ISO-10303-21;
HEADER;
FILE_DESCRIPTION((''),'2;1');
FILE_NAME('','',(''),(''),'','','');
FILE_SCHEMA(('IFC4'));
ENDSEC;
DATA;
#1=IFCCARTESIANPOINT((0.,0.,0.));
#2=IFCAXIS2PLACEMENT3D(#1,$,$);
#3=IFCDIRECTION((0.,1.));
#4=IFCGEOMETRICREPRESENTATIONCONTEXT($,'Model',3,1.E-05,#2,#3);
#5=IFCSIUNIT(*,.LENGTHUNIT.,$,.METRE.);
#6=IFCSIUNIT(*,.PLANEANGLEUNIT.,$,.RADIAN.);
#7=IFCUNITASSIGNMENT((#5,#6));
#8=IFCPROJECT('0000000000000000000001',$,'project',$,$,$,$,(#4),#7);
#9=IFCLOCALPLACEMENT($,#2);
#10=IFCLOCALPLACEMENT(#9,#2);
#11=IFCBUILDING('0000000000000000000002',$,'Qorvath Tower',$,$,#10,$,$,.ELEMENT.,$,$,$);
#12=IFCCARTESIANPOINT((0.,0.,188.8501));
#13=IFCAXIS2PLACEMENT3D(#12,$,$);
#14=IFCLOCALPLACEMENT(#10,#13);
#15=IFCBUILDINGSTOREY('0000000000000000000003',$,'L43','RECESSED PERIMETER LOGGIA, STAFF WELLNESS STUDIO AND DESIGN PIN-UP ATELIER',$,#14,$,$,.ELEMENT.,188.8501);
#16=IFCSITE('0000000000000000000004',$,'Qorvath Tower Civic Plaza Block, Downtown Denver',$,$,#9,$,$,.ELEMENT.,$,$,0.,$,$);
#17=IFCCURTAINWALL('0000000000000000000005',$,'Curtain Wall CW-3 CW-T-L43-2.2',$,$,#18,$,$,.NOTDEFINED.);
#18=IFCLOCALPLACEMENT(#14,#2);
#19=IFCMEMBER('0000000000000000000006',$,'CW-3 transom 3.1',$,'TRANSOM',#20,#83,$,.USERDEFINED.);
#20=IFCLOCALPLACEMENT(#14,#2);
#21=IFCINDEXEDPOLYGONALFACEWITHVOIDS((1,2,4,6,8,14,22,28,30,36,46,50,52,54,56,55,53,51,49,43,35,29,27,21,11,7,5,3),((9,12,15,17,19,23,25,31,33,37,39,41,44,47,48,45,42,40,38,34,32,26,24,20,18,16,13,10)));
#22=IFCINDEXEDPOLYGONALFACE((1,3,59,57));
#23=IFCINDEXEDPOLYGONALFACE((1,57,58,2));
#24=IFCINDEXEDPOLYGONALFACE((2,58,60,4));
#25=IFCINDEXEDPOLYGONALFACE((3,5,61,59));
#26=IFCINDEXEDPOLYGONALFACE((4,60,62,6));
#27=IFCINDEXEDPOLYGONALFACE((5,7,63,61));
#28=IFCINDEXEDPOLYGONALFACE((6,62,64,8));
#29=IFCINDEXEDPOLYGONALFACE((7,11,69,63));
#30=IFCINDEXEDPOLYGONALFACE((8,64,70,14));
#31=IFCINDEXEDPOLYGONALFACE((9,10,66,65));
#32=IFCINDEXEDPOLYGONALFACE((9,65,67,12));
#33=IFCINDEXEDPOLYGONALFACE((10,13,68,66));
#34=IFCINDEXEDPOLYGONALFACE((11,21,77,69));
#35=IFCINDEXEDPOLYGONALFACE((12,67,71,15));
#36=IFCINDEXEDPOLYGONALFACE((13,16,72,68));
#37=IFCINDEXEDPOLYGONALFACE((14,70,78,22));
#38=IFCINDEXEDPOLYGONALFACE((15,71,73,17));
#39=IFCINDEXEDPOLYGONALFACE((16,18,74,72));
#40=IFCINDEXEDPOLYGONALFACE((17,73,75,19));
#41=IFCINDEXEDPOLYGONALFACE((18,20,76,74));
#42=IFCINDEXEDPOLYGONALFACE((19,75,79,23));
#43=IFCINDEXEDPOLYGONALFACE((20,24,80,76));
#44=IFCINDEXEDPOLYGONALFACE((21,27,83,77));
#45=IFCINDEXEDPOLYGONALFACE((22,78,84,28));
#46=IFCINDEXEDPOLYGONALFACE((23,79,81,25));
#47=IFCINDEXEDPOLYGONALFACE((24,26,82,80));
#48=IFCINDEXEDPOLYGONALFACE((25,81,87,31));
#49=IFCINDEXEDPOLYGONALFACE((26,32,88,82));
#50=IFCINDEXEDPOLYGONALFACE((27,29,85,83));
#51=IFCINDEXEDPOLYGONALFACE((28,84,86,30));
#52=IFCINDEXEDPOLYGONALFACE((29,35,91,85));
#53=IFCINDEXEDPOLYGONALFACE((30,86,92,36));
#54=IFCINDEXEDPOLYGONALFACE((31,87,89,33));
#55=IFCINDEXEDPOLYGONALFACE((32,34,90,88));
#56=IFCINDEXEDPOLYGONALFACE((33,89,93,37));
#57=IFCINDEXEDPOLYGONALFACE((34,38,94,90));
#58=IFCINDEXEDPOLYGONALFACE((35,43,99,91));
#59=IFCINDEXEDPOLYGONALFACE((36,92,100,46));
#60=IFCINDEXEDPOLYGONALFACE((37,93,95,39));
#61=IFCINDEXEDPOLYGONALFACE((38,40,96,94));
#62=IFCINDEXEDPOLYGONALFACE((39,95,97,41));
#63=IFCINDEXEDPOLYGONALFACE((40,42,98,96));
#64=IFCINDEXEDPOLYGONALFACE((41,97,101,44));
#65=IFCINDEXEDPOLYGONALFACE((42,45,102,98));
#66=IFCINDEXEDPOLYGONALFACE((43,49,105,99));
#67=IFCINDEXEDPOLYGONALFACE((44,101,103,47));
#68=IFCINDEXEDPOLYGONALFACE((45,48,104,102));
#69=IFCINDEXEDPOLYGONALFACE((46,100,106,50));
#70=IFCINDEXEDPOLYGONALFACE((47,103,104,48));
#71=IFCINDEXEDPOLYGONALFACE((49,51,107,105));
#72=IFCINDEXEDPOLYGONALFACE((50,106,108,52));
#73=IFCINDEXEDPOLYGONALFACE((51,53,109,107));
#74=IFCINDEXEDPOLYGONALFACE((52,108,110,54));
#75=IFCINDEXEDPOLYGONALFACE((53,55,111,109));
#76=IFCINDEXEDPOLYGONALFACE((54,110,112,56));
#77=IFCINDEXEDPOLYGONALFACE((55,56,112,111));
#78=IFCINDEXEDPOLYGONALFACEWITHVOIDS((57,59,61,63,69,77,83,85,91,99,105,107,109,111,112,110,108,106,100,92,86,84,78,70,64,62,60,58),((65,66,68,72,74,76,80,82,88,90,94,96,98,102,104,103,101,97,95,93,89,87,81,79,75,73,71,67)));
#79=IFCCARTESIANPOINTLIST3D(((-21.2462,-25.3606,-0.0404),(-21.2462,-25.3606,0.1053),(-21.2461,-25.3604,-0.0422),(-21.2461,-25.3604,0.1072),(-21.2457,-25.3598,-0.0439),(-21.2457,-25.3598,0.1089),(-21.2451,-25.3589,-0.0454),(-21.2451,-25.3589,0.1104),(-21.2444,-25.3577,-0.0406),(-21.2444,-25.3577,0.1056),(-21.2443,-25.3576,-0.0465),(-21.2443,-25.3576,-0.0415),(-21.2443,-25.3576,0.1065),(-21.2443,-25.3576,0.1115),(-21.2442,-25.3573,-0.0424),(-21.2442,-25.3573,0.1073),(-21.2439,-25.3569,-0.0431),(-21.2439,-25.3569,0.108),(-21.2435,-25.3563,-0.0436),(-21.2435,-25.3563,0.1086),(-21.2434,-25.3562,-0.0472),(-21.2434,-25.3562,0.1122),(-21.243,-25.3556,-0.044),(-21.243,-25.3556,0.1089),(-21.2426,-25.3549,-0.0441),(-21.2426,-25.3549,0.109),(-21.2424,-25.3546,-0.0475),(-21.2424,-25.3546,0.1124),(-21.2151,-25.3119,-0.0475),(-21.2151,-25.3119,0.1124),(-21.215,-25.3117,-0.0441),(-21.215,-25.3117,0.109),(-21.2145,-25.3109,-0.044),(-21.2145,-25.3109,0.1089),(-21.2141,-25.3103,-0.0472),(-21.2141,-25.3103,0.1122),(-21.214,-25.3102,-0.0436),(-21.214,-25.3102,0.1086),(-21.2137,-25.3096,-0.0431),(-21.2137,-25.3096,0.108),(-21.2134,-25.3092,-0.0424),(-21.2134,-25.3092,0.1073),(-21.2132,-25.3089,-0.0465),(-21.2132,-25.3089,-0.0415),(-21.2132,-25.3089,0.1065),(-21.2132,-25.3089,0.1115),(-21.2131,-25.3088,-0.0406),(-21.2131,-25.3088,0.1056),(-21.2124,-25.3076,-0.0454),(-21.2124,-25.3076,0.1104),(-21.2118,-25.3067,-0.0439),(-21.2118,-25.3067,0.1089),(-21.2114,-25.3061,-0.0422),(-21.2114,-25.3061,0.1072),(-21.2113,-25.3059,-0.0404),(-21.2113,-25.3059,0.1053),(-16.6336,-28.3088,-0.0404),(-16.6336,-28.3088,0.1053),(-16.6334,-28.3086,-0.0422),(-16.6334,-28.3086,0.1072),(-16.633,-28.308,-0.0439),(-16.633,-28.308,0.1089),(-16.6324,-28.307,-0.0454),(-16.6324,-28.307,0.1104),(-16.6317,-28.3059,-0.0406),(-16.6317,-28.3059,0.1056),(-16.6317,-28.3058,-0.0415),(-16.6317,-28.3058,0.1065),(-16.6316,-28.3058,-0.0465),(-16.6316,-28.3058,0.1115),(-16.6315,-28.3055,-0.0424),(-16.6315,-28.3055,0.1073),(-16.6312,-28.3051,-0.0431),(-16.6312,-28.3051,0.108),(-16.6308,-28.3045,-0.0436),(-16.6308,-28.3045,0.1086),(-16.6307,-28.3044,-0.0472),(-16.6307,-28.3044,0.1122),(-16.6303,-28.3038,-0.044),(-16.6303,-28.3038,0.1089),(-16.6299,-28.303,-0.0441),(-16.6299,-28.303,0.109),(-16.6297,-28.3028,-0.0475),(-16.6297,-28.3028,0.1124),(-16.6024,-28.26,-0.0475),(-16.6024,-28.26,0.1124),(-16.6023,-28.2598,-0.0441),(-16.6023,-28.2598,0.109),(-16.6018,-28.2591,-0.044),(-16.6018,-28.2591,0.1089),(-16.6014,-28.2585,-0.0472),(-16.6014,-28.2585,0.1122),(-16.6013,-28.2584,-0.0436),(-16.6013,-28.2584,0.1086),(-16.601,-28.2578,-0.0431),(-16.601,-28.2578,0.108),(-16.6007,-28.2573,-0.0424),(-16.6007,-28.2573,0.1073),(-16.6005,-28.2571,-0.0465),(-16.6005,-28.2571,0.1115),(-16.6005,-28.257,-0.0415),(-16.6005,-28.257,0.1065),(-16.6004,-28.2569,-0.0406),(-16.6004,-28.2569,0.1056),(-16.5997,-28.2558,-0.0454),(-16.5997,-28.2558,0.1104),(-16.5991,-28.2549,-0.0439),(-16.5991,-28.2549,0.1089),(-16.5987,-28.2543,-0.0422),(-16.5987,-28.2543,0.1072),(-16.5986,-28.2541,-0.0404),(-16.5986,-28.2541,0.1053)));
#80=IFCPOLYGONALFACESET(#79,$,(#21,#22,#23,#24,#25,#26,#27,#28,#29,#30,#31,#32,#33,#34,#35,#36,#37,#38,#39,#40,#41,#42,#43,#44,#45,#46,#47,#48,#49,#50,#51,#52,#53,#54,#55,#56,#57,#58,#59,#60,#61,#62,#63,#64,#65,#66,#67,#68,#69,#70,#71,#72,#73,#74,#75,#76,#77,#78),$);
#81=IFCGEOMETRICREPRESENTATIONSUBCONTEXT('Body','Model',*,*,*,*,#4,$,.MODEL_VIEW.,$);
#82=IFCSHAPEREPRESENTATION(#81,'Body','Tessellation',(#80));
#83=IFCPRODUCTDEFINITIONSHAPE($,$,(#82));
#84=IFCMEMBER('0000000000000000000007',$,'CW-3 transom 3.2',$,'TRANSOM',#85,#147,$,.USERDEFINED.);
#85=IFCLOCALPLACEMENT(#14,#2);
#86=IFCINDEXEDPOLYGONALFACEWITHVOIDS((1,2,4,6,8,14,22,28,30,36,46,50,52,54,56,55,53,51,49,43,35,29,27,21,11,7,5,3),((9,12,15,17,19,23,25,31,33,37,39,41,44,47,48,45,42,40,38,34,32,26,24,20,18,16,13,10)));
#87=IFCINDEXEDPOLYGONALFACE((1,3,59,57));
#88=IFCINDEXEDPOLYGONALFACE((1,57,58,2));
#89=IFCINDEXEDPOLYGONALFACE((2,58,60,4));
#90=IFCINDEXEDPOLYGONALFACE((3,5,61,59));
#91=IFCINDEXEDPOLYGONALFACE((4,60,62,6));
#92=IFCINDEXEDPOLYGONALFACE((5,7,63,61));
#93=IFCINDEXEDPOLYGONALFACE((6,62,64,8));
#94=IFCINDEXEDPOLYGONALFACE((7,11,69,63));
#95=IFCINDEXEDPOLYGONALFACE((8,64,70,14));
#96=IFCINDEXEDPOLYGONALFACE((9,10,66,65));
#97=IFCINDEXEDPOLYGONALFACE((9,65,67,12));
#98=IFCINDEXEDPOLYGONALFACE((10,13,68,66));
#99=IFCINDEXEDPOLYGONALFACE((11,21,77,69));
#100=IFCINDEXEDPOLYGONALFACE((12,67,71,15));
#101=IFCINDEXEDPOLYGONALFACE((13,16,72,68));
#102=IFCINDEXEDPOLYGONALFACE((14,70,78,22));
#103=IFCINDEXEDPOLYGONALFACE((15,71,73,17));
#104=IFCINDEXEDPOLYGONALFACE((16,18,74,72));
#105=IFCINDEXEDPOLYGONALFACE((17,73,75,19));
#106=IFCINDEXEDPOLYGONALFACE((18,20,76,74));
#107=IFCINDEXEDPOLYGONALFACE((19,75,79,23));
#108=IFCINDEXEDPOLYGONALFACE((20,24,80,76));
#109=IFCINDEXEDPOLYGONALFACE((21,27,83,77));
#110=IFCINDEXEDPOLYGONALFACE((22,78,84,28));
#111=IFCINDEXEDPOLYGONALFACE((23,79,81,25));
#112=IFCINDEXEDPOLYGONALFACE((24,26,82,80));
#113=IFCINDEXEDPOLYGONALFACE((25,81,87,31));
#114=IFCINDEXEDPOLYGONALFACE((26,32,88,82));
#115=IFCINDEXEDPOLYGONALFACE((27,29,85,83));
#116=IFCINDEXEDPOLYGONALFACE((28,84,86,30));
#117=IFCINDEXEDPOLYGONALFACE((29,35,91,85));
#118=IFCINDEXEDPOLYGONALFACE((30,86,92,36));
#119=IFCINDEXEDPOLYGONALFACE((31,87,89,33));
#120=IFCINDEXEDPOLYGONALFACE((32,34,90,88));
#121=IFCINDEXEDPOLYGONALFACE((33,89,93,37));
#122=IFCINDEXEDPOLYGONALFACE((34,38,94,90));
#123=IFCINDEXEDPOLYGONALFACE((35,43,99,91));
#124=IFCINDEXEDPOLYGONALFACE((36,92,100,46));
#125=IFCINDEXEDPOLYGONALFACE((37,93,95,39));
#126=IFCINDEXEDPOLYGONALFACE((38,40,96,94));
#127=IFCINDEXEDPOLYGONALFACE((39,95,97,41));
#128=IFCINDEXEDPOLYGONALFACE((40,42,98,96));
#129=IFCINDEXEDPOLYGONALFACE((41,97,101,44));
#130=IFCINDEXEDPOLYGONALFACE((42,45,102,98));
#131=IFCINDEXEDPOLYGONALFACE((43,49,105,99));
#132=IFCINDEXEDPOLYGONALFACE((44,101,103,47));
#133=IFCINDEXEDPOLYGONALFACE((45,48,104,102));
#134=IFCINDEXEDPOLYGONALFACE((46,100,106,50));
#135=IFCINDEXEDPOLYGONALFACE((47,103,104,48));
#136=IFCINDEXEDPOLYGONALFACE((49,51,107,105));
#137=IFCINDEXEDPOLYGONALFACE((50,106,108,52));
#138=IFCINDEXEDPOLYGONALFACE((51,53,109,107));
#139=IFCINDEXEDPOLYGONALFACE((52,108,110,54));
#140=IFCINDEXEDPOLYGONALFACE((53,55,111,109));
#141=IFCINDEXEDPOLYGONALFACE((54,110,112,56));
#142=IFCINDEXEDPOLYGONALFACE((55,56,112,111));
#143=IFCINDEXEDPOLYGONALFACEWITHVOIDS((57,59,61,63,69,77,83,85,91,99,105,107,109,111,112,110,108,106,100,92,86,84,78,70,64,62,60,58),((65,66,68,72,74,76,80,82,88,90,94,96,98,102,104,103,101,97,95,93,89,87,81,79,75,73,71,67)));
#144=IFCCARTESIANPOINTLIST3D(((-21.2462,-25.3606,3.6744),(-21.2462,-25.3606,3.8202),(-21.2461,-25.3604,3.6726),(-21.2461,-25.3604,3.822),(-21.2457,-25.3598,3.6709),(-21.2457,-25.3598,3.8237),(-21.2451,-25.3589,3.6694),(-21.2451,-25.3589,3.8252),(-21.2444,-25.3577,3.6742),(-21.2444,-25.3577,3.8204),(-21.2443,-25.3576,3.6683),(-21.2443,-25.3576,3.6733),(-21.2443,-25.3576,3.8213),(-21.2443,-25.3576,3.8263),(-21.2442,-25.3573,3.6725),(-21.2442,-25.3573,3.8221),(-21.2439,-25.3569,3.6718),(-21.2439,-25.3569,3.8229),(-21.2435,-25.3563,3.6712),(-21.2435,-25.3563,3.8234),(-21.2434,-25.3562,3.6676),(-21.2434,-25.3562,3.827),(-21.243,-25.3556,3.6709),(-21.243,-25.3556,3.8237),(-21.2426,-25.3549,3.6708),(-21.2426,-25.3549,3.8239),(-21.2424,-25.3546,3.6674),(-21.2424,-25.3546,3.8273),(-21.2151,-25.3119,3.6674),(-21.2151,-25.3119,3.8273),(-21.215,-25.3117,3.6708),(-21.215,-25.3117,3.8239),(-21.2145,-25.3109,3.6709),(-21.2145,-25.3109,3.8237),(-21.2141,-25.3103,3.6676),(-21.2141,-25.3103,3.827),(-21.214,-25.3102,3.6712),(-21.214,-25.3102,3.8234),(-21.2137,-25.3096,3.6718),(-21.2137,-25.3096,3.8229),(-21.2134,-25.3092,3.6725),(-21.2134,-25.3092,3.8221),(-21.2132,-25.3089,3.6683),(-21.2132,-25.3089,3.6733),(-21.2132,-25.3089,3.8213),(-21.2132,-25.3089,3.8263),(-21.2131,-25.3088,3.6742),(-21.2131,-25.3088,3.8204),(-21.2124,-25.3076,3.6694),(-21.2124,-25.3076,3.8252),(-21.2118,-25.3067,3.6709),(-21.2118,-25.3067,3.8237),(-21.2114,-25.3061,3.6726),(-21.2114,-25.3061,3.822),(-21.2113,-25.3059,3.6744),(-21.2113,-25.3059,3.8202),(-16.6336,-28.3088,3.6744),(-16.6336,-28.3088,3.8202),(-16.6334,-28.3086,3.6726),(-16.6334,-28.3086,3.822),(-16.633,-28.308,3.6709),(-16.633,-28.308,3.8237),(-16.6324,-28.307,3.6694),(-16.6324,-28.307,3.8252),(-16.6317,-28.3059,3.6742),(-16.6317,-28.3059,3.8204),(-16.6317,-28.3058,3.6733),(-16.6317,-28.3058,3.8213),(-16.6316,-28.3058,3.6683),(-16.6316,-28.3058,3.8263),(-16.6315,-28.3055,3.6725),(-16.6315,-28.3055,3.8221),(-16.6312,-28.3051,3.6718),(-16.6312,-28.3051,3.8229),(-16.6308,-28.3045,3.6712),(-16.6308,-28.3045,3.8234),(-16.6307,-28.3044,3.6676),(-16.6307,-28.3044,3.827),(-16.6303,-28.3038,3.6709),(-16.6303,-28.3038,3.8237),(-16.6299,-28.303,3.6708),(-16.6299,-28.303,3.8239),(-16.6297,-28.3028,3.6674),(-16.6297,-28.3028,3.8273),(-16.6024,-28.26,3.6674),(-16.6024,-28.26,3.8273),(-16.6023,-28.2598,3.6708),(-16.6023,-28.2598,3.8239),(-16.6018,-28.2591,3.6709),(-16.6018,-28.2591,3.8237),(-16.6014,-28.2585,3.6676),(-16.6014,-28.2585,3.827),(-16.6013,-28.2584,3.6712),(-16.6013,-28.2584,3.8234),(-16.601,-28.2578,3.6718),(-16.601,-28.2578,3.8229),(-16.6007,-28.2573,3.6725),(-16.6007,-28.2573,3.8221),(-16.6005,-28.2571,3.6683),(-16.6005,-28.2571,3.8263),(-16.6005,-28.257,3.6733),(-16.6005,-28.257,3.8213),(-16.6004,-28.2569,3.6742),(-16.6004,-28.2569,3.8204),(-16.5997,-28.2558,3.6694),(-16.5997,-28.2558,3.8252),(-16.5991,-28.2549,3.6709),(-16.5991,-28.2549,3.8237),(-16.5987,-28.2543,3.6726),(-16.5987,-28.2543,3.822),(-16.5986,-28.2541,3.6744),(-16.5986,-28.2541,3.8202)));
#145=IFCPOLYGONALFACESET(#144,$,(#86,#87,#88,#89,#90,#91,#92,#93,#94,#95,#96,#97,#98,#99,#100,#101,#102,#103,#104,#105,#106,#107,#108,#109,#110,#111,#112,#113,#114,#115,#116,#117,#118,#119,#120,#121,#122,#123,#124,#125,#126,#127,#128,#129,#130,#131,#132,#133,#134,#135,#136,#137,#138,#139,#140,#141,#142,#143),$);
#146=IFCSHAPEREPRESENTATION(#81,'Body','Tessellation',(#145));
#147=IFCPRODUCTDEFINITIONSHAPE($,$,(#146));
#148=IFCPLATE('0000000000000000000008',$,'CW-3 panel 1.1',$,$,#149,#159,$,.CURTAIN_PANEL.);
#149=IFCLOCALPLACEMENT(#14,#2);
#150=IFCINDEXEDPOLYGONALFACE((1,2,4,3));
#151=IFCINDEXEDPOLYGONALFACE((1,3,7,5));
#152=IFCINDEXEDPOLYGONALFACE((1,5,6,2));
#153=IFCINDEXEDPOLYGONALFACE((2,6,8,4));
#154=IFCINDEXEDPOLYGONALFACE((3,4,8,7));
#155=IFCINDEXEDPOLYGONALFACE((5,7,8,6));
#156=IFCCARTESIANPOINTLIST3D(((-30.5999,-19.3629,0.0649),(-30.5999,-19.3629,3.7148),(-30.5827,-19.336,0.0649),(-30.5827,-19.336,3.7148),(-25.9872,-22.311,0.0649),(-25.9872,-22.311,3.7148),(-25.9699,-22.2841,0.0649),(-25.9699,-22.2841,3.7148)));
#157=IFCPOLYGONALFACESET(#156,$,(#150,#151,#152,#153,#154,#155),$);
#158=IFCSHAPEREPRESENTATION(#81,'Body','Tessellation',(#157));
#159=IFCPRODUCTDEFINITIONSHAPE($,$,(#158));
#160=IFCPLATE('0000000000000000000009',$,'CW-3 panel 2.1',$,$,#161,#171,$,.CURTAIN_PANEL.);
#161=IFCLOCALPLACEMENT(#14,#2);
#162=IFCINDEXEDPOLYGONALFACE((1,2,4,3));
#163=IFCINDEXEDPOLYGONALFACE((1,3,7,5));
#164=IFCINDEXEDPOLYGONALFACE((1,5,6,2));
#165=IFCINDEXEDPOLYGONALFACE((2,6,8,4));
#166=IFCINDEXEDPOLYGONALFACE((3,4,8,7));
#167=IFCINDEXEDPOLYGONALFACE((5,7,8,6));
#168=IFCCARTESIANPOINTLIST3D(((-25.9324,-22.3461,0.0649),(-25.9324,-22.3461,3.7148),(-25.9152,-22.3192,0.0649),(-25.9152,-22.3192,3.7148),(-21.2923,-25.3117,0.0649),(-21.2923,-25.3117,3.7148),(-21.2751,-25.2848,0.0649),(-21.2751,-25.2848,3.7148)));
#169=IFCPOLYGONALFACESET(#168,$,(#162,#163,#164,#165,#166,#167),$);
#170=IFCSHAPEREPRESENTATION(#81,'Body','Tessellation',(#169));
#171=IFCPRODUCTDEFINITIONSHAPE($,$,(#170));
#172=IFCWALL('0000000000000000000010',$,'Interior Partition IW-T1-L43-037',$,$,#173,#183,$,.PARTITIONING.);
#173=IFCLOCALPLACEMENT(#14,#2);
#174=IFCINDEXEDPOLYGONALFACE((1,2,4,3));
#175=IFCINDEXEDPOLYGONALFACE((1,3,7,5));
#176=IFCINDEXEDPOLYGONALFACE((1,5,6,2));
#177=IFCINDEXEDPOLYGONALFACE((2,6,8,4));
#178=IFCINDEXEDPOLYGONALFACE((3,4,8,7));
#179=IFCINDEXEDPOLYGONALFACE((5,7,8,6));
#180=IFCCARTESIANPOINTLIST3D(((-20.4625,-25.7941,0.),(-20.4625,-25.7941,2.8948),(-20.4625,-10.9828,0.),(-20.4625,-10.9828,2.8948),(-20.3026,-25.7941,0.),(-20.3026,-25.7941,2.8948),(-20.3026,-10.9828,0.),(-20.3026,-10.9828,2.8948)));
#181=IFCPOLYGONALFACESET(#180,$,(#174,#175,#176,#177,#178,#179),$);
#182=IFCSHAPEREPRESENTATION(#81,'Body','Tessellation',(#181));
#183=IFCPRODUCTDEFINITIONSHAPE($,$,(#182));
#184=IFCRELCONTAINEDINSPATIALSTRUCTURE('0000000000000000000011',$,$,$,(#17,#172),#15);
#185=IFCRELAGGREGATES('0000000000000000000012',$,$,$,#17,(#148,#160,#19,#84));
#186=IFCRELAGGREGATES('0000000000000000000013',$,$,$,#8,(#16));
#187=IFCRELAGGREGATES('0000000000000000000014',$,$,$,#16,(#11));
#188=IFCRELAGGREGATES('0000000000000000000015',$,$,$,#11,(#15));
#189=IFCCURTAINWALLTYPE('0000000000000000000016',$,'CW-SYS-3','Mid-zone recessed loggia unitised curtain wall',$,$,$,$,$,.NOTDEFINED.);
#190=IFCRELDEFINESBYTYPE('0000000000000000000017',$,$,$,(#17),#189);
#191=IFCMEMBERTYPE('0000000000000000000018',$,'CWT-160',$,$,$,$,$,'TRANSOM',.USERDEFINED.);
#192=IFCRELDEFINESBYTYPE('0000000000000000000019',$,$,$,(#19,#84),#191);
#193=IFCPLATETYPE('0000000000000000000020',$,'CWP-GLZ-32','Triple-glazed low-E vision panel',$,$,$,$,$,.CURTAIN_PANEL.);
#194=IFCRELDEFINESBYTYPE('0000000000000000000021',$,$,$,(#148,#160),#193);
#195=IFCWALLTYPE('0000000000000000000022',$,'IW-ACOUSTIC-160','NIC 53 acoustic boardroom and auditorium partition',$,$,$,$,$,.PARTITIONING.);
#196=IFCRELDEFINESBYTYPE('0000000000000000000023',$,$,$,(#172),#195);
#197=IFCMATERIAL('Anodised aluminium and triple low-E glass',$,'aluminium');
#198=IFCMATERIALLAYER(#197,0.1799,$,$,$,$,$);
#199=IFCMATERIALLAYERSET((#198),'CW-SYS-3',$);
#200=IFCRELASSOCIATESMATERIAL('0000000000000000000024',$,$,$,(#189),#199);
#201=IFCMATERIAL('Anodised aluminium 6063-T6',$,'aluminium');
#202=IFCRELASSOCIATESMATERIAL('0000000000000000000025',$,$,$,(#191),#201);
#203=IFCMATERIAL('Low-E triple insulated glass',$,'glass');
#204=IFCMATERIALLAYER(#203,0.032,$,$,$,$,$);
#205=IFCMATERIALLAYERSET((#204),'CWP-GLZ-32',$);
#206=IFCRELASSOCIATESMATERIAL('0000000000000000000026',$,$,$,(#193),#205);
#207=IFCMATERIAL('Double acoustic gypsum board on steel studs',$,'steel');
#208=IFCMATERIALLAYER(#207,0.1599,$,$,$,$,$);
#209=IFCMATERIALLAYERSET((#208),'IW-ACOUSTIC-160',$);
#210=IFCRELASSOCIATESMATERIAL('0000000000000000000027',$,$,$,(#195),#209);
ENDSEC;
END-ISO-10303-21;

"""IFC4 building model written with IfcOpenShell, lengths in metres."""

from ifc_helpers import new_model, si_unit, direction, frame, frame_2d, origin, origin_2d, place, context, subcontext, project, spatial, rectangle, hollow_rectangle, extrude, material, layer, layer_set, material_profile, profile_set, type_object, element, aggregate, save


model = new_model("IFC4")

# Units and contexts
model_context = context("Model", 3, precision=1e-05, world=origin(), true_north=direction((0.0, 1.0)))
body_context = subcontext(model_context, "Body", "Model", "MODEL_VIEW")
ifc_project = project(units=[si_unit("LENGTHUNIT", "METRE"), si_unit("PLANEANGLEUNIT", "RADIAN")], contexts=[model_context])

# Site, building, storey
site_placement = place(None, origin())
site = spatial("IfcSite", under=ifc_project, at=site_placement, Name="Qorvath Tower Civic Plaza Block, Downtown Denver", CompositionType="ELEMENT", RefElevation=0.0)
building_placement = place(site_placement, origin())
building = spatial("IfcBuilding", under=site, at=building_placement, Name="Qorvath Tower", CompositionType="ELEMENT")
storey_placement = place(building_placement, frame((0.0, 0.0, 188.8501)))
storey = spatial("IfcBuildingStorey", under=building, at=storey_placement, Name="L43", Description="RECESSED PERIMETER LOGGIA, STAFF WELLNESS STUDIO AND DESIGN PIN-UP ATELIER", CompositionType="ELEMENT", Elevation=188.8501)

# Curtain wall, members, plates
ifc_material_1 = material(Name="Anodised aluminium and triple low-E glass", Category="aluminium")
ifc_layer_1 = layer(ifc_material_1, 0.1799)
ifc_layer_set_1 = layer_set([ifc_layer_1], Name="CW-SYS-3")
curtain_wall_type = type_object("IfcCurtainWallType", Name="CW-SYS-3", Description="Mid-zone recessed loggia unitised curtain wall", PredefinedType="NOTDEFINED", material=ifc_layer_set_1)
curtain_wall_placement = place(storey_placement, origin())
curtain_wall = element("IfcCurtainWall", 1, at=curtain_wall_placement, inside=storey, type_object=curtain_wall_type, Name="Curtain Wall CW-3 CW-T-L43-2.2", PredefinedType="NOTDEFINED")
ifc_material_2 = material(Name="Anodised aluminium 6063-T6", Category="aluminium")
ifc_material_profile_1 = material_profile(ifc_material_2, hollow_rectangle(XDim=0.0649, YDim=0.1599, WallThickness=0.0034, InnerFilletRadius=0.0034, OuterFilletRadius=0.0071, at=origin_2d()), Name="CWT 160x65")
ifc_profile_set_1 = profile_set([ifc_material_profile_1], Name="Anodised aluminium 6063-T6")
member_type_1 = type_object("IfcMemberType", Name="CWT-160", ElementType="TRANSOM", PredefinedType="USERDEFINED", material=ifc_profile_set_1)
member_1_placement = place(storey_placement, frame((-21.2288, -25.3333, 0.0325), z_axis=(0.842598, -0.538542, 0.0), x_axis=(0.538542, 0.842598, 0.0)))
member_1 = element("IfcMember", 2, at=member_1_placement, type_object=member_type_1, Name="CW-3 transom 3.1", ObjectType="TRANSOM", PredefinedType="USERDEFINED", context=body_context, shape_type="SweptSolid", body=[
    extrude(hollow_rectangle(XDim=0.0649, YDim=0.1599, WallThickness=0.0034, InnerFilletRadius=0.0034, OuterFilletRadius=0.0071, at=origin_2d()), origin(), (0.0, 0.0, 1.0), 5.4744),
])
member_2_placement = place(storey_placement, frame((-21.2288, -25.3333, 3.7473), z_axis=(0.842598, -0.538542, 0.0), x_axis=(0.538542, 0.842598, 0.0)))
member_2 = element("IfcMember", 3, at=member_2_placement, type_object=member_type_1, Name="CW-3 transom 3.2", ObjectType="TRANSOM", PredefinedType="USERDEFINED", context=body_context, shape_type="SweptSolid", body=[
    extrude(hollow_rectangle(XDim=0.0649, YDim=0.1599, WallThickness=0.0034, InnerFilletRadius=0.0034, OuterFilletRadius=0.0071, at=origin_2d()), origin(), (0.0, 0.0, 1.0), 5.4744),
])
ifc_material_3 = material(Name="Low-E triple insulated glass", Category="glass")
ifc_layer_2 = layer(ifc_material_3, 0.032)
ifc_layer_set_2 = layer_set([ifc_layer_2], Name="CWP-GLZ-32")
plate_type = type_object("IfcPlateType", Name="CWP-GLZ-32", Description="Triple-glazed low-E vision panel", PredefinedType="CURTAIN_PANEL", material=ifc_layer_set_2)
plate_1_placement = place(storey_placement, frame((-28.2849, -20.8235, 0.0649), z_axis=(0.0, 0.0, 1.0), x_axis=(0.842606, -0.538531, 0.0)))
plate_1 = element("IfcPlate", 4, at=plate_1_placement, type_object=plate_type, Name="CW-3 panel 1.1", PredefinedType="CURTAIN_PANEL", context=body_context, shape_type="SweptSolid", body=[
    extrude(rectangle(XDim=5.4744, YDim=0.032, at=origin_2d()), origin(), (0.0, 0.0, 1.0), 3.6499),
])
plate_2_placement = place(storey_placement, frame((-23.6038, -23.8154, 0.0649), z_axis=(0.0, 0.0, 1.0), x_axis=(0.842606, -0.538531, 0.0)))
plate_2 = element("IfcPlate", 5, at=plate_2_placement, type_object=plate_type, Name="CW-3 panel 2.1", PredefinedType="CURTAIN_PANEL", context=body_context, shape_type="SweptSolid", body=[
    extrude(rectangle(XDim=5.5068, YDim=0.032, at=origin_2d()), origin(), (0.0, 0.0, 1.0), 3.6499),
])
aggregate(curtain_wall, [plate_1, plate_2, member_1, member_2])

# Wall
ifc_material_4 = material(Name="Double acoustic gypsum board on steel studs", Category="steel")
ifc_layer_3 = layer(ifc_material_4, 0.1599)
ifc_layer_set_3 = layer_set([ifc_layer_3], Name="IW-ACOUSTIC-160")
wall_type_1 = type_object("IfcWallType", Name="IW-ACOUSTIC-160", Description="NIC 53 acoustic boardroom and auditorium partition", PredefinedType="PARTITIONING", material=ifc_layer_set_3)
wall_1_placement = place(storey_placement, frame((-20.3826, -25.7942, 0.0), z_axis=(0.0, 0.0, 1.0), x_axis=(0.0, 1.0, 0.0)))
element("IfcWall", 6, at=wall_1_placement, inside=storey, type_object=wall_type_1, Name="Interior Partition IW-T1-L43-037", PredefinedType="PARTITIONING", context=body_context, shape_type="SweptSolid", body=[
    extrude(rectangle(XDim=14.8113, YDim=0.1599, at=frame_2d((7.4058, 0.0))), origin(), (0.0, 0.0, 1.0), 2.8948),
])

save(model, "model.ifc")
